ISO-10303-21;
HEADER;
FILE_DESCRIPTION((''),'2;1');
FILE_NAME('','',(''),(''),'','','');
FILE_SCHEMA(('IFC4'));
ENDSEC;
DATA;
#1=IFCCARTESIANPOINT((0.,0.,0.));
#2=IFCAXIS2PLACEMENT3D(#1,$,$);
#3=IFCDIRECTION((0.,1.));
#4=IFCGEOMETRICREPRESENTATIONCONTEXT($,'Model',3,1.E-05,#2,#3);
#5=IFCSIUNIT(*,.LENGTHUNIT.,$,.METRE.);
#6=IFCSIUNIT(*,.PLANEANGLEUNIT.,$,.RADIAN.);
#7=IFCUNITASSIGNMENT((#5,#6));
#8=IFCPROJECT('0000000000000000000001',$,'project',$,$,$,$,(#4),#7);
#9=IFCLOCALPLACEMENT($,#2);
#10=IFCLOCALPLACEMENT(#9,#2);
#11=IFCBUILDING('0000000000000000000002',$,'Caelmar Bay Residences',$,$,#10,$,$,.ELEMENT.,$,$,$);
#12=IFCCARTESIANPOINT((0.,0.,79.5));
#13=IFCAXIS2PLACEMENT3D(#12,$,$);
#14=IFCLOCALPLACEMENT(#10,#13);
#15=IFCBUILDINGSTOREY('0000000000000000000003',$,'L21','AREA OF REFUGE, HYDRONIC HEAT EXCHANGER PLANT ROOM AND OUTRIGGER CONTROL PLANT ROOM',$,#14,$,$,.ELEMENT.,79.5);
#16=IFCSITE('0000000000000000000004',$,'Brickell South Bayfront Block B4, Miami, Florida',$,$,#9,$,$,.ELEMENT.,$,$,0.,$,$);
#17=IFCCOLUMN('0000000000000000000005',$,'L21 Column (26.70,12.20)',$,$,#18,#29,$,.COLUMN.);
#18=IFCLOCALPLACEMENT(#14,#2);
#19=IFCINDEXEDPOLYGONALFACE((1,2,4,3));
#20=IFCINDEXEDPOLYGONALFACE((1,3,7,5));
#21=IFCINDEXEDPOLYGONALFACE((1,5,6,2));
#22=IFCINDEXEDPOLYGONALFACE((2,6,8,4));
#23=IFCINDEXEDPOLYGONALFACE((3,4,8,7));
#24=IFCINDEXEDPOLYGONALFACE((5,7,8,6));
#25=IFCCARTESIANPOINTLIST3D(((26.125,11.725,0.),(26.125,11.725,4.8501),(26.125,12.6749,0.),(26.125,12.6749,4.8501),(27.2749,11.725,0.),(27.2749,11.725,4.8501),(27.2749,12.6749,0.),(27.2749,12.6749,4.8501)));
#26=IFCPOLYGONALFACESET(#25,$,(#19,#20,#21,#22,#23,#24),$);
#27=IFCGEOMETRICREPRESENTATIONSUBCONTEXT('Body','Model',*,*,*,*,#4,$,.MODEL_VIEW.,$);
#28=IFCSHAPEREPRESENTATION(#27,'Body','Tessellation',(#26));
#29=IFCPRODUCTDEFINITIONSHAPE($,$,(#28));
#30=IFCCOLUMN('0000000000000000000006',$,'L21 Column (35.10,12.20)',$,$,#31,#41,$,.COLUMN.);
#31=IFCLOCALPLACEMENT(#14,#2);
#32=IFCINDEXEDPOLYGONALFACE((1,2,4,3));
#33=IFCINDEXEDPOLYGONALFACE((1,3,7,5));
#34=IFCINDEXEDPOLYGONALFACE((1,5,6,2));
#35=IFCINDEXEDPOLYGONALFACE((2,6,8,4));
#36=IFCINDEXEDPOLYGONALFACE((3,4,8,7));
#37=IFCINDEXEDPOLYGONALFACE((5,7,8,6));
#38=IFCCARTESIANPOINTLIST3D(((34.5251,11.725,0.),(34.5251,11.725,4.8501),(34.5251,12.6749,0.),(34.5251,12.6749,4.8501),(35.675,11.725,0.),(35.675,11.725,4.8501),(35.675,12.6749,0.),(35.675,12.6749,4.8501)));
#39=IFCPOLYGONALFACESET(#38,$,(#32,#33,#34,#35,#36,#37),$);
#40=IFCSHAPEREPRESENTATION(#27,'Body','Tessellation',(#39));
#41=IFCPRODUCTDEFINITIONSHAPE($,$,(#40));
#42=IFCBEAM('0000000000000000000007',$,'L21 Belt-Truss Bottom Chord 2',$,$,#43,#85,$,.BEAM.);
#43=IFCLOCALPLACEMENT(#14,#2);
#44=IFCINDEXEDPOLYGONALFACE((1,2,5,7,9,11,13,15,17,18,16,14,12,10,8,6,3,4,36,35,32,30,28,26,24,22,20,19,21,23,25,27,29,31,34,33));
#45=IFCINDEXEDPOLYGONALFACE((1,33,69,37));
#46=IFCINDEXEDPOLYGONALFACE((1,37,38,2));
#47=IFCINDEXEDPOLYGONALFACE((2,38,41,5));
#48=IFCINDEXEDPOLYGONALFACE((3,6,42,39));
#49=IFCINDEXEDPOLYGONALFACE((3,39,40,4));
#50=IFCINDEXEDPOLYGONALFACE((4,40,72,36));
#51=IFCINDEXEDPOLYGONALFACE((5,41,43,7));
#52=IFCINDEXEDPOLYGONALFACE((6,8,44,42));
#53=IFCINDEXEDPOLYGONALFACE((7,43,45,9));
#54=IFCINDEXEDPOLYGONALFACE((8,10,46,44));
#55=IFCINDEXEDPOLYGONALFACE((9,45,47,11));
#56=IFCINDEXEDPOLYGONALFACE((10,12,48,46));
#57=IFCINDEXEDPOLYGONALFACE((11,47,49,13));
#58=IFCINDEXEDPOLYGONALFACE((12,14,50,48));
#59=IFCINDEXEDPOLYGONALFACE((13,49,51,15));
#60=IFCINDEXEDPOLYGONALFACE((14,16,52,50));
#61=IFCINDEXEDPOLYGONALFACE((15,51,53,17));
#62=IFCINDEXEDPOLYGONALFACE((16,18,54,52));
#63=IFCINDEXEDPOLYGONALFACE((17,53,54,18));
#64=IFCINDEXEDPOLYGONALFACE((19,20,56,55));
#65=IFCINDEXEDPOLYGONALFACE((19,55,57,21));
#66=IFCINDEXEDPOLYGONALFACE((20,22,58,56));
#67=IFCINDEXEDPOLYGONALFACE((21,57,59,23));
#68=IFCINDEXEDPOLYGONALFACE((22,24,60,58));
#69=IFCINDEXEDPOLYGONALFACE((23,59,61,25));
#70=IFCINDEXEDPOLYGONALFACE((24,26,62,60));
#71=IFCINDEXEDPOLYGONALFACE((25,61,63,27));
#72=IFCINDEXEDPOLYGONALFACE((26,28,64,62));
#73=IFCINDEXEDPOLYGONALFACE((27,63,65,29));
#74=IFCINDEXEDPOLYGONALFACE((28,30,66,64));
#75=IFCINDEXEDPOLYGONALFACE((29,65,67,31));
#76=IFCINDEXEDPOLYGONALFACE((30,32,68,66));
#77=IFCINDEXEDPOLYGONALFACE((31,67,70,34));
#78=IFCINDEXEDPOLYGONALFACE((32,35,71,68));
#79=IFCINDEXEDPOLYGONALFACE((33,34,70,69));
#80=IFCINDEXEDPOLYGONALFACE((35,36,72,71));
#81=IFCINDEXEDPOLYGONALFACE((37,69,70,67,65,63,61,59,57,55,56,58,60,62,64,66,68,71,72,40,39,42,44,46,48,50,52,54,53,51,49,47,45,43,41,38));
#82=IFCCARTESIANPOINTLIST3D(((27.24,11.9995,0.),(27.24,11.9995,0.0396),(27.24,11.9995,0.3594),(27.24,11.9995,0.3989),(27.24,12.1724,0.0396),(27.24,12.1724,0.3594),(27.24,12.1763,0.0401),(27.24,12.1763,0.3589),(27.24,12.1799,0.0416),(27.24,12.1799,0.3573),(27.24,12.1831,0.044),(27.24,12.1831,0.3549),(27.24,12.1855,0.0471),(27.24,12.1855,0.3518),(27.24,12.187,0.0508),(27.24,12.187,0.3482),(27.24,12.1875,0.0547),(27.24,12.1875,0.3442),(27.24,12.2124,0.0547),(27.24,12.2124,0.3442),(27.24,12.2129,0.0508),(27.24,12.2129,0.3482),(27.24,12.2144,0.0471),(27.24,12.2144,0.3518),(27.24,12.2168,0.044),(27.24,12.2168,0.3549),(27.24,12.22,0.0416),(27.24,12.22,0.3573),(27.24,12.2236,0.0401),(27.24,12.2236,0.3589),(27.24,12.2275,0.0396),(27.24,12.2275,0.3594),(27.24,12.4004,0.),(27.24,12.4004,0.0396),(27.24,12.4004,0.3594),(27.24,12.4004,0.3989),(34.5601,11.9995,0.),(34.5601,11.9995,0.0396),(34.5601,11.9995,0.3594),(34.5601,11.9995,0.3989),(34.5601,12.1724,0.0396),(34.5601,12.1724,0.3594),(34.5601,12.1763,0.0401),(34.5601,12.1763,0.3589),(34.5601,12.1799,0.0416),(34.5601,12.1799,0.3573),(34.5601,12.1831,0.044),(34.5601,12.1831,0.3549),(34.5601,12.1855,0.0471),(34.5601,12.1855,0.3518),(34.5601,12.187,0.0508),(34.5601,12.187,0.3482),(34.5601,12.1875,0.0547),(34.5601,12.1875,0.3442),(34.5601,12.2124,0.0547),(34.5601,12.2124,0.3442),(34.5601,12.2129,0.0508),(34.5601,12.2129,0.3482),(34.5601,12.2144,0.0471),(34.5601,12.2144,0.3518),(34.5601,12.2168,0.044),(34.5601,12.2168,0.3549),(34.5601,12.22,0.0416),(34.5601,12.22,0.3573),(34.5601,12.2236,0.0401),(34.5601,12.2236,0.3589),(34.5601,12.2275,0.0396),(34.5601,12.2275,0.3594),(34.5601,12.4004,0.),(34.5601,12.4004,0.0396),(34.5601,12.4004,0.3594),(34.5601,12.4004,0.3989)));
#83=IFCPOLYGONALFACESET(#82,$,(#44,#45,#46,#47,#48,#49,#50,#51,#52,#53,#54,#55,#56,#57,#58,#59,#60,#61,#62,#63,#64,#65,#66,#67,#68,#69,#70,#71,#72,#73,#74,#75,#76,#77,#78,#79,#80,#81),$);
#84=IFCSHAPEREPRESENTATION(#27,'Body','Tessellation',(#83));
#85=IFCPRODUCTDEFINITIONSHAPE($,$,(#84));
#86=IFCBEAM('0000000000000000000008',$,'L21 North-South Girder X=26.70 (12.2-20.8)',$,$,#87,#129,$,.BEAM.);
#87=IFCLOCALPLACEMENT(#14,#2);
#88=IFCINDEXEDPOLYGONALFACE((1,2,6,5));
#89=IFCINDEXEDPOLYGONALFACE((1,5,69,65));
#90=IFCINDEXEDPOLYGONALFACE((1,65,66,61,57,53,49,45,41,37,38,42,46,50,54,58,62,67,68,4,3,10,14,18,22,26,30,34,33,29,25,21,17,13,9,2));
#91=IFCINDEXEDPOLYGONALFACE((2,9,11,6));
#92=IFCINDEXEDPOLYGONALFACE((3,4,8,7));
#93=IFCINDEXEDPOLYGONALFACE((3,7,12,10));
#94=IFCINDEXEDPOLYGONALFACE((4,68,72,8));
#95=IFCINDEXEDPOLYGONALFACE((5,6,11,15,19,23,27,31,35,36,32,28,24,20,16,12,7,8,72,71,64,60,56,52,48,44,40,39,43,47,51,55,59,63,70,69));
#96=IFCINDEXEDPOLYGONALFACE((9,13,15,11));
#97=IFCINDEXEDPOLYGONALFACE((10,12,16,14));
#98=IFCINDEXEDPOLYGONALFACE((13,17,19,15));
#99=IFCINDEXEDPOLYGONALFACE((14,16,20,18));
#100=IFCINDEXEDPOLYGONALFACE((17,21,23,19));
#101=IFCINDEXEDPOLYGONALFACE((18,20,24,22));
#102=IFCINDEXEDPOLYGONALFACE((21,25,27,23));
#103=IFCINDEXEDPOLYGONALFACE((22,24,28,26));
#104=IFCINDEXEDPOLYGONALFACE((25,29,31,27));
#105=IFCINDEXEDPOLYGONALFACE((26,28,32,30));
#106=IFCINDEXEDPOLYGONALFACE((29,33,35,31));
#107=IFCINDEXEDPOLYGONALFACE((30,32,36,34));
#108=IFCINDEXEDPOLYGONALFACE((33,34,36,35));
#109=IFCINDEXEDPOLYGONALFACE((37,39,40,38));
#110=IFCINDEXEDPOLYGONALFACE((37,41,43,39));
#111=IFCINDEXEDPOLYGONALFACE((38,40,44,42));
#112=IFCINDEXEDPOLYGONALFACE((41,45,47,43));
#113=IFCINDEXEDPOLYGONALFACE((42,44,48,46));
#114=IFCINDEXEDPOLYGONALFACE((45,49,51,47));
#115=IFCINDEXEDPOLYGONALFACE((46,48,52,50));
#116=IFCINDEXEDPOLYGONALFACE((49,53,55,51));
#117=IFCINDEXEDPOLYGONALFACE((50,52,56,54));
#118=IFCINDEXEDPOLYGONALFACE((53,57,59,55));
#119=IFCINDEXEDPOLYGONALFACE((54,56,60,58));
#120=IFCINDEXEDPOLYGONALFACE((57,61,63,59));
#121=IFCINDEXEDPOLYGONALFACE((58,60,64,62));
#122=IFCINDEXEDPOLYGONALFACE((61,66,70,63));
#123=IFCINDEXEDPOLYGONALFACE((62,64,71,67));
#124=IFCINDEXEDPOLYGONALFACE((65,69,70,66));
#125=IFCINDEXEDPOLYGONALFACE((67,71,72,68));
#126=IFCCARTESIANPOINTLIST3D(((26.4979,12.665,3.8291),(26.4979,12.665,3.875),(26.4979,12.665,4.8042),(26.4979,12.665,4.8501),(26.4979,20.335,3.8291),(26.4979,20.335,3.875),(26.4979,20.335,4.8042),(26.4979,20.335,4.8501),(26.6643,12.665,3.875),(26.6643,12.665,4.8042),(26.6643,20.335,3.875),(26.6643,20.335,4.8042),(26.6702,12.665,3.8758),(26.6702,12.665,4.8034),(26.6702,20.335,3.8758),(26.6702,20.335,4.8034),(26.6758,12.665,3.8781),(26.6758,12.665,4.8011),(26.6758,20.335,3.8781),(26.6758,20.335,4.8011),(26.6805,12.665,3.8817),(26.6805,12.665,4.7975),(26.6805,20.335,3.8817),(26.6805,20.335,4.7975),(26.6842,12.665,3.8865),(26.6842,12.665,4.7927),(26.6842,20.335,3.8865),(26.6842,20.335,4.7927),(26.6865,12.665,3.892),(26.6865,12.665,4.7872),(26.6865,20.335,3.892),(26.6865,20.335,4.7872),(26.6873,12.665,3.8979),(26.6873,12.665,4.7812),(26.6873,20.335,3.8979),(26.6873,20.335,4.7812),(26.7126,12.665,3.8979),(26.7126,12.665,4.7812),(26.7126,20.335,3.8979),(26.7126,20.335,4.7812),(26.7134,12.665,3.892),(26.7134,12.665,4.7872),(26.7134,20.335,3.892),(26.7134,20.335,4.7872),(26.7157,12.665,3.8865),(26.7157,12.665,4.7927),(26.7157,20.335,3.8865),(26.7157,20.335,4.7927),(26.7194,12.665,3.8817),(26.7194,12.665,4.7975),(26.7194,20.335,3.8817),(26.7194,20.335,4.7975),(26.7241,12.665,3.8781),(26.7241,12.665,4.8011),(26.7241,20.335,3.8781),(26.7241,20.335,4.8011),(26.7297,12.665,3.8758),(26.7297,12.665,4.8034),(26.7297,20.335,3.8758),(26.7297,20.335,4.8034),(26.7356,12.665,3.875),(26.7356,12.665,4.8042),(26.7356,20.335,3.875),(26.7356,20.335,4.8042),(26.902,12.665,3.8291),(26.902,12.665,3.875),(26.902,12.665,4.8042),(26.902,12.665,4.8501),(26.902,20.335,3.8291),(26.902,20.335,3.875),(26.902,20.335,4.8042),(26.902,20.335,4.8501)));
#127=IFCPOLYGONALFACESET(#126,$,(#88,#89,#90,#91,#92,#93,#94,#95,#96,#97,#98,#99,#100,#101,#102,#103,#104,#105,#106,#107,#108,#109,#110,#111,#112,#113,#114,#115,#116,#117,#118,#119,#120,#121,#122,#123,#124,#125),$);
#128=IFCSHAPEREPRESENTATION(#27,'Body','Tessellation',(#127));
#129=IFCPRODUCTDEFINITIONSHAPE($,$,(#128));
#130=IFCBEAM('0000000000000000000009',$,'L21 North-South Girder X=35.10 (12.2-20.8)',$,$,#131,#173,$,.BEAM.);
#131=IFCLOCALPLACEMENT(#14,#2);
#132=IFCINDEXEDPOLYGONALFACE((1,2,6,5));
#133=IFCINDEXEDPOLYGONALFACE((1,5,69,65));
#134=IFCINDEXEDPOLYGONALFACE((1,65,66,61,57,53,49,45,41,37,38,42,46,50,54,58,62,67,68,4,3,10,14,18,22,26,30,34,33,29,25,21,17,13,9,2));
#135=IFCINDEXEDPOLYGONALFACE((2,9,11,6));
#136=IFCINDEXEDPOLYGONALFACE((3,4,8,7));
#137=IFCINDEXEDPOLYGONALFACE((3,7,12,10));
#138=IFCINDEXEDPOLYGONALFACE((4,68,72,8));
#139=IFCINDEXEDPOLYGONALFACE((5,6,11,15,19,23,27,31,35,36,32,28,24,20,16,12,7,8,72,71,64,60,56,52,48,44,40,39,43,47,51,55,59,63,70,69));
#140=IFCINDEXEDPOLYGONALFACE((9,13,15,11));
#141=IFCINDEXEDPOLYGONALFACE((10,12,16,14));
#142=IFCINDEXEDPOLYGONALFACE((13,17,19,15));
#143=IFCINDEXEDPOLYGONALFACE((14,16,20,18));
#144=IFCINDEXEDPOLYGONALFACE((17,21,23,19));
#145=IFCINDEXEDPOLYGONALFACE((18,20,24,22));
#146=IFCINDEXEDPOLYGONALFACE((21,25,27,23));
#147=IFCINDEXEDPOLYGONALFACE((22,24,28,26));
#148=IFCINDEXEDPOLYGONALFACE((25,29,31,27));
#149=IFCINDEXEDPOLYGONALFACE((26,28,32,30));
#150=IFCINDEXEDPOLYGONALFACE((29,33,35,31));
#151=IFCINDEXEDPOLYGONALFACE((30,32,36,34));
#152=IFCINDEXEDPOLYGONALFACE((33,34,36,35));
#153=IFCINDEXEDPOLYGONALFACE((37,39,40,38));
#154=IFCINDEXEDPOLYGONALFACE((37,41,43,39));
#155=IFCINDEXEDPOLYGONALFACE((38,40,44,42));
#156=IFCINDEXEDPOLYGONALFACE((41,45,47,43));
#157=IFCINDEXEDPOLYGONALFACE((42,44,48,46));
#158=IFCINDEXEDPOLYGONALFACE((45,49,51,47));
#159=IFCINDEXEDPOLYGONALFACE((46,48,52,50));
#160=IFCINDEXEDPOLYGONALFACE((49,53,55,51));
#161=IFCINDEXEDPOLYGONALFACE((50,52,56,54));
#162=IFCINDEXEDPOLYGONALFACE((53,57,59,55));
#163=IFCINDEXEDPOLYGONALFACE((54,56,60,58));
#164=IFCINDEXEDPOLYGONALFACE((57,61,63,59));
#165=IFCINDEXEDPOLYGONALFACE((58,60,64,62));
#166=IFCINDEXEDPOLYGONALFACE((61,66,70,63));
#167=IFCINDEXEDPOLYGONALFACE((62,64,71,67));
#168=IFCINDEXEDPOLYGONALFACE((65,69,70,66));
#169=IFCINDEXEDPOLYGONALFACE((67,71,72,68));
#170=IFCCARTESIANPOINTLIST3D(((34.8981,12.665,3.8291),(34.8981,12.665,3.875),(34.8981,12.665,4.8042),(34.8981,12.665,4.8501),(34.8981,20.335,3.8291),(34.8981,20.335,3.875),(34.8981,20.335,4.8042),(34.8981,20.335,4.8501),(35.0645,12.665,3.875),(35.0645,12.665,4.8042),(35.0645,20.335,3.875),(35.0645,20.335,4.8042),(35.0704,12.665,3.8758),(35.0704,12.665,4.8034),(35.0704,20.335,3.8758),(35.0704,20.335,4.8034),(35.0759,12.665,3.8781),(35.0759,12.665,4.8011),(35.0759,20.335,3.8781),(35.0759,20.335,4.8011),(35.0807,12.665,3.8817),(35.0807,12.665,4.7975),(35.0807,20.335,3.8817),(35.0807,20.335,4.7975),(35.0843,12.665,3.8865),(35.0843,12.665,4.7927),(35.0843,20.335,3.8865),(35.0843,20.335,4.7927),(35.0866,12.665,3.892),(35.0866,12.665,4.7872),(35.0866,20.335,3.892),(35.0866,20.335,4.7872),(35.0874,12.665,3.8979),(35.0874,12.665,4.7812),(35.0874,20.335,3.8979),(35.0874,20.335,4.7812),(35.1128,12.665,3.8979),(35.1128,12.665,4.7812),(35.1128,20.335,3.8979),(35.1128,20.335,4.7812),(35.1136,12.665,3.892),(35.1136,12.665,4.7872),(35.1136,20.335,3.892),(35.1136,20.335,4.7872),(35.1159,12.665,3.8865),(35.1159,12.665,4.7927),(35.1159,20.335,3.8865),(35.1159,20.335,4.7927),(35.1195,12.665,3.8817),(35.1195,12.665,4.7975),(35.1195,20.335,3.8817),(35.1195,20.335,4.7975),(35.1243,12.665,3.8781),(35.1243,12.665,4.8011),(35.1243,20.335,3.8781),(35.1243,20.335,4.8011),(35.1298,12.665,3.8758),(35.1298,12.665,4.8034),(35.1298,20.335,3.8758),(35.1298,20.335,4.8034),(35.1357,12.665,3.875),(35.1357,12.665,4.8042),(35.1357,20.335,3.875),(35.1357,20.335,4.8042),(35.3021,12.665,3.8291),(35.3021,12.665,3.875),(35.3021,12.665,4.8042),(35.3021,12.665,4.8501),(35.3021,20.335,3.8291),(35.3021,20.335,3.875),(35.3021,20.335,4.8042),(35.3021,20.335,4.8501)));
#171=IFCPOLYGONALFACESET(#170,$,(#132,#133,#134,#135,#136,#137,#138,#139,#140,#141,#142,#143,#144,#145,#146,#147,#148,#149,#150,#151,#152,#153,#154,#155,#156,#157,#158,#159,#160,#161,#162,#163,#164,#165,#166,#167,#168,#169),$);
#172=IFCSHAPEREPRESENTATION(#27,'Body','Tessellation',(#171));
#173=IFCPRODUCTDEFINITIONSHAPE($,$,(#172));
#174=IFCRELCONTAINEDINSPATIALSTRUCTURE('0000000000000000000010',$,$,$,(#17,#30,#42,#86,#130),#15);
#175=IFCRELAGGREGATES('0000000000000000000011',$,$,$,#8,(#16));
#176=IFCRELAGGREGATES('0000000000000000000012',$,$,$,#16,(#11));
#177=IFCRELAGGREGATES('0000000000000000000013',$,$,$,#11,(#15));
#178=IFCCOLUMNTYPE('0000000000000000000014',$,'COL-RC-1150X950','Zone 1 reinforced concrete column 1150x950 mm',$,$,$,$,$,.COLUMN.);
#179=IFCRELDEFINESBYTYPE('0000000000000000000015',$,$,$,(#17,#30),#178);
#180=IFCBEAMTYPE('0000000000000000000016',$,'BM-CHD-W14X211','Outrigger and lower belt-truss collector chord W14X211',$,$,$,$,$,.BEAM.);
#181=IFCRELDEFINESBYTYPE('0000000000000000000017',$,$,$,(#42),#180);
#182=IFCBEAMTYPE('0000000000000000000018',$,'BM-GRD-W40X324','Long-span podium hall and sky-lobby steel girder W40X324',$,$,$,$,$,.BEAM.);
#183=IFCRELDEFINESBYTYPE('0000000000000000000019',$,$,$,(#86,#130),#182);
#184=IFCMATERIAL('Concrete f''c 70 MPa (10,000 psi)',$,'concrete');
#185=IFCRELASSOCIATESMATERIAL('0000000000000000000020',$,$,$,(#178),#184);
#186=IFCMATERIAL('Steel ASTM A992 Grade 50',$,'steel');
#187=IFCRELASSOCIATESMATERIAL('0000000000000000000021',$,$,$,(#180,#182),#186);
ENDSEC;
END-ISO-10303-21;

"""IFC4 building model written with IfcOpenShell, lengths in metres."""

from ifc_helpers import new_model, si_unit, direction, frame, origin, origin_2d, place, context, subcontext, project, spatial, rectangle, i_section, extrude, material, material_profile, profile_set, type_object, element, save


model = new_model("IFC4")

# Units and contexts
model_context = context("Model", 3, precision=1e-05, world=origin(), true_north=direction((0.0, 1.0)))
body_context = subcontext(model_context, "Body", "Model", "MODEL_VIEW")
ifc_project = project(units=[si_unit("LENGTHUNIT", "METRE"), si_unit("PLANEANGLEUNIT", "RADIAN")], contexts=[model_context])

# Site, building, storey
site_placement = place(None, origin())
site = spatial("IfcSite", under=ifc_project, at=site_placement, Name="Brickell South Bayfront Block B4, Miami, Florida", CompositionType="ELEMENT", RefElevation=0.0)
building_placement = place(site_placement, origin())
building = spatial("IfcBuilding", under=site, at=building_placement, Name="Caelmar Bay Residences", CompositionType="ELEMENT")
storey_placement = place(building_placement, frame((0.0, 0.0, 79.5)))
storey = spatial("IfcBuildingStorey", under=building, at=storey_placement, Name="L21", Description="AREA OF REFUGE, HYDRONIC HEAT EXCHANGER PLANT ROOM AND OUTRIGGER CONTROL PLANT ROOM", CompositionType="ELEMENT", Elevation=79.5)

# Columns
ifc_material_1 = material(Name="Concrete f'c 70 MPa (10,000 psi)", Category="concrete")
ifc_material_profile_1 = material_profile(ifc_material_1, rectangle(XDim=1.1499, YDim=0.95, at=origin_2d()), Name="RC-COL-1150X950")
ifc_profile_set_1 = profile_set([ifc_material_profile_1], Name="Concrete f'c 70 MPa (10,000 psi)")
column_type = type_object("IfcColumnType", Name="COL-RC-1150X950", Description="Zone 1 reinforced concrete column 1150x950 mm", PredefinedType="COLUMN", material=ifc_profile_set_1)
for number, where, z_axis, x_axis, name in (
    (1, (26.7, 12.2, 0.0), (0.0, 0.0, 1.0), (1.0, 0.0, 0.0), "L21 Column (26.70,12.20)"),
    (2, (35.1001, 12.2, 0.0), (0.0, 0.0, 1.0), (1.0, 0.0, 0.0), "L21 Column (35.10,12.20)"),
):
    element("IfcColumn", number, at=place(storey_placement, frame(where, z_axis=z_axis, x_axis=x_axis)), inside=storey, type_object=column_type, Name=name, PredefinedType="COLUMN", context=body_context, shape_type="SweptSolid", body=[
        extrude(rectangle(XDim=1.1499, YDim=0.95, at=origin_2d()), origin(), (0.0, 0.0, 1.0), 4.8501),
    ])

# Beams
ifc_material_2 = material(Name="Steel ASTM A992 Grade 50", Category="steel")
ifc_material_profile_2 = material_profile(ifc_material_2, i_section(OverallWidth=0.4009, OverallDepth=0.3989, WebThickness=0.0249, FlangeThickness=0.0396, FilletRadius=0.0151, at=origin_2d()), Name="W14X211")
ifc_profile_set_2 = profile_set([ifc_material_profile_2], Name="Steel ASTM A992 Grade 50")
beam_type_1 = type_object("IfcBeamType", Name="BM-CHD-W14X211", Description="Outrigger and lower belt-truss collector chord W14X211", PredefinedType="BEAM", material=ifc_profile_set_2)
beam_1_placement = place(storey_placement, frame((27.24, 12.2, 0.1995), z_axis=(1.0, 0.0, 0.0), x_axis=(0.0, 1.0, 0.0)))
element("IfcBeam", 3, at=beam_1_placement, inside=storey, type_object=beam_type_1, Name="L21 Belt-Truss Bottom Chord 2", PredefinedType="BEAM", context=body_context, shape_type="SweptSolid", body=[
    extrude(i_section(OverallWidth=0.4009, OverallDepth=0.3989, WebThickness=0.0249, FlangeThickness=0.0396, FilletRadius=0.0151, at=origin_2d()), origin(), (0.0, 0.0, 1.0), 7.3201),
])
ifc_material_profile_3 = material_profile(ifc_material_2, i_section(OverallWidth=0.4041, OverallDepth=1.021, WebThickness=0.0254, FlangeThickness=0.0459, FilletRadius=0.0229, at=origin_2d()), Name="W40X324")
ifc_profile_set_3 = profile_set([ifc_material_profile_3], Name="Steel ASTM A992 Grade 50")
beam_type_2 = type_object("IfcBeamType", Name="BM-GRD-W40X324", Description="Long-span podium hall and sky-lobby steel girder W40X324", PredefinedType="BEAM", material=ifc_profile_set_3)
for number, where, z_axis, x_axis, name in (
    (4, (26.7, 12.665, 4.3396), (0.0, 1.0, 0.0), (-1.0, 0.0, 0.0), "L21 North-South Girder X=26.70 (12.2-20.8)"),
    (5, (35.1001, 12.665, 4.3396), (0.0, 1.0, 0.0), (-1.0, 0.0, 0.0), "L21 North-South Girder X=35.10 (12.2-20.8)"),
):
    element("IfcBeam", number, at=place(storey_placement, frame(where, z_axis=z_axis, x_axis=x_axis)), inside=storey, type_object=beam_type_2, Name=name, PredefinedType="BEAM", context=body_context, shape_type="SweptSolid", body=[
        extrude(i_section(OverallWidth=0.4041, OverallDepth=1.021, WebThickness=0.0254, FlangeThickness=0.0459, FilletRadius=0.0229, at=origin_2d()), origin(), (0.0, 0.0, 1.0), 7.6699),
    ])

save(model, "model.ifc")
